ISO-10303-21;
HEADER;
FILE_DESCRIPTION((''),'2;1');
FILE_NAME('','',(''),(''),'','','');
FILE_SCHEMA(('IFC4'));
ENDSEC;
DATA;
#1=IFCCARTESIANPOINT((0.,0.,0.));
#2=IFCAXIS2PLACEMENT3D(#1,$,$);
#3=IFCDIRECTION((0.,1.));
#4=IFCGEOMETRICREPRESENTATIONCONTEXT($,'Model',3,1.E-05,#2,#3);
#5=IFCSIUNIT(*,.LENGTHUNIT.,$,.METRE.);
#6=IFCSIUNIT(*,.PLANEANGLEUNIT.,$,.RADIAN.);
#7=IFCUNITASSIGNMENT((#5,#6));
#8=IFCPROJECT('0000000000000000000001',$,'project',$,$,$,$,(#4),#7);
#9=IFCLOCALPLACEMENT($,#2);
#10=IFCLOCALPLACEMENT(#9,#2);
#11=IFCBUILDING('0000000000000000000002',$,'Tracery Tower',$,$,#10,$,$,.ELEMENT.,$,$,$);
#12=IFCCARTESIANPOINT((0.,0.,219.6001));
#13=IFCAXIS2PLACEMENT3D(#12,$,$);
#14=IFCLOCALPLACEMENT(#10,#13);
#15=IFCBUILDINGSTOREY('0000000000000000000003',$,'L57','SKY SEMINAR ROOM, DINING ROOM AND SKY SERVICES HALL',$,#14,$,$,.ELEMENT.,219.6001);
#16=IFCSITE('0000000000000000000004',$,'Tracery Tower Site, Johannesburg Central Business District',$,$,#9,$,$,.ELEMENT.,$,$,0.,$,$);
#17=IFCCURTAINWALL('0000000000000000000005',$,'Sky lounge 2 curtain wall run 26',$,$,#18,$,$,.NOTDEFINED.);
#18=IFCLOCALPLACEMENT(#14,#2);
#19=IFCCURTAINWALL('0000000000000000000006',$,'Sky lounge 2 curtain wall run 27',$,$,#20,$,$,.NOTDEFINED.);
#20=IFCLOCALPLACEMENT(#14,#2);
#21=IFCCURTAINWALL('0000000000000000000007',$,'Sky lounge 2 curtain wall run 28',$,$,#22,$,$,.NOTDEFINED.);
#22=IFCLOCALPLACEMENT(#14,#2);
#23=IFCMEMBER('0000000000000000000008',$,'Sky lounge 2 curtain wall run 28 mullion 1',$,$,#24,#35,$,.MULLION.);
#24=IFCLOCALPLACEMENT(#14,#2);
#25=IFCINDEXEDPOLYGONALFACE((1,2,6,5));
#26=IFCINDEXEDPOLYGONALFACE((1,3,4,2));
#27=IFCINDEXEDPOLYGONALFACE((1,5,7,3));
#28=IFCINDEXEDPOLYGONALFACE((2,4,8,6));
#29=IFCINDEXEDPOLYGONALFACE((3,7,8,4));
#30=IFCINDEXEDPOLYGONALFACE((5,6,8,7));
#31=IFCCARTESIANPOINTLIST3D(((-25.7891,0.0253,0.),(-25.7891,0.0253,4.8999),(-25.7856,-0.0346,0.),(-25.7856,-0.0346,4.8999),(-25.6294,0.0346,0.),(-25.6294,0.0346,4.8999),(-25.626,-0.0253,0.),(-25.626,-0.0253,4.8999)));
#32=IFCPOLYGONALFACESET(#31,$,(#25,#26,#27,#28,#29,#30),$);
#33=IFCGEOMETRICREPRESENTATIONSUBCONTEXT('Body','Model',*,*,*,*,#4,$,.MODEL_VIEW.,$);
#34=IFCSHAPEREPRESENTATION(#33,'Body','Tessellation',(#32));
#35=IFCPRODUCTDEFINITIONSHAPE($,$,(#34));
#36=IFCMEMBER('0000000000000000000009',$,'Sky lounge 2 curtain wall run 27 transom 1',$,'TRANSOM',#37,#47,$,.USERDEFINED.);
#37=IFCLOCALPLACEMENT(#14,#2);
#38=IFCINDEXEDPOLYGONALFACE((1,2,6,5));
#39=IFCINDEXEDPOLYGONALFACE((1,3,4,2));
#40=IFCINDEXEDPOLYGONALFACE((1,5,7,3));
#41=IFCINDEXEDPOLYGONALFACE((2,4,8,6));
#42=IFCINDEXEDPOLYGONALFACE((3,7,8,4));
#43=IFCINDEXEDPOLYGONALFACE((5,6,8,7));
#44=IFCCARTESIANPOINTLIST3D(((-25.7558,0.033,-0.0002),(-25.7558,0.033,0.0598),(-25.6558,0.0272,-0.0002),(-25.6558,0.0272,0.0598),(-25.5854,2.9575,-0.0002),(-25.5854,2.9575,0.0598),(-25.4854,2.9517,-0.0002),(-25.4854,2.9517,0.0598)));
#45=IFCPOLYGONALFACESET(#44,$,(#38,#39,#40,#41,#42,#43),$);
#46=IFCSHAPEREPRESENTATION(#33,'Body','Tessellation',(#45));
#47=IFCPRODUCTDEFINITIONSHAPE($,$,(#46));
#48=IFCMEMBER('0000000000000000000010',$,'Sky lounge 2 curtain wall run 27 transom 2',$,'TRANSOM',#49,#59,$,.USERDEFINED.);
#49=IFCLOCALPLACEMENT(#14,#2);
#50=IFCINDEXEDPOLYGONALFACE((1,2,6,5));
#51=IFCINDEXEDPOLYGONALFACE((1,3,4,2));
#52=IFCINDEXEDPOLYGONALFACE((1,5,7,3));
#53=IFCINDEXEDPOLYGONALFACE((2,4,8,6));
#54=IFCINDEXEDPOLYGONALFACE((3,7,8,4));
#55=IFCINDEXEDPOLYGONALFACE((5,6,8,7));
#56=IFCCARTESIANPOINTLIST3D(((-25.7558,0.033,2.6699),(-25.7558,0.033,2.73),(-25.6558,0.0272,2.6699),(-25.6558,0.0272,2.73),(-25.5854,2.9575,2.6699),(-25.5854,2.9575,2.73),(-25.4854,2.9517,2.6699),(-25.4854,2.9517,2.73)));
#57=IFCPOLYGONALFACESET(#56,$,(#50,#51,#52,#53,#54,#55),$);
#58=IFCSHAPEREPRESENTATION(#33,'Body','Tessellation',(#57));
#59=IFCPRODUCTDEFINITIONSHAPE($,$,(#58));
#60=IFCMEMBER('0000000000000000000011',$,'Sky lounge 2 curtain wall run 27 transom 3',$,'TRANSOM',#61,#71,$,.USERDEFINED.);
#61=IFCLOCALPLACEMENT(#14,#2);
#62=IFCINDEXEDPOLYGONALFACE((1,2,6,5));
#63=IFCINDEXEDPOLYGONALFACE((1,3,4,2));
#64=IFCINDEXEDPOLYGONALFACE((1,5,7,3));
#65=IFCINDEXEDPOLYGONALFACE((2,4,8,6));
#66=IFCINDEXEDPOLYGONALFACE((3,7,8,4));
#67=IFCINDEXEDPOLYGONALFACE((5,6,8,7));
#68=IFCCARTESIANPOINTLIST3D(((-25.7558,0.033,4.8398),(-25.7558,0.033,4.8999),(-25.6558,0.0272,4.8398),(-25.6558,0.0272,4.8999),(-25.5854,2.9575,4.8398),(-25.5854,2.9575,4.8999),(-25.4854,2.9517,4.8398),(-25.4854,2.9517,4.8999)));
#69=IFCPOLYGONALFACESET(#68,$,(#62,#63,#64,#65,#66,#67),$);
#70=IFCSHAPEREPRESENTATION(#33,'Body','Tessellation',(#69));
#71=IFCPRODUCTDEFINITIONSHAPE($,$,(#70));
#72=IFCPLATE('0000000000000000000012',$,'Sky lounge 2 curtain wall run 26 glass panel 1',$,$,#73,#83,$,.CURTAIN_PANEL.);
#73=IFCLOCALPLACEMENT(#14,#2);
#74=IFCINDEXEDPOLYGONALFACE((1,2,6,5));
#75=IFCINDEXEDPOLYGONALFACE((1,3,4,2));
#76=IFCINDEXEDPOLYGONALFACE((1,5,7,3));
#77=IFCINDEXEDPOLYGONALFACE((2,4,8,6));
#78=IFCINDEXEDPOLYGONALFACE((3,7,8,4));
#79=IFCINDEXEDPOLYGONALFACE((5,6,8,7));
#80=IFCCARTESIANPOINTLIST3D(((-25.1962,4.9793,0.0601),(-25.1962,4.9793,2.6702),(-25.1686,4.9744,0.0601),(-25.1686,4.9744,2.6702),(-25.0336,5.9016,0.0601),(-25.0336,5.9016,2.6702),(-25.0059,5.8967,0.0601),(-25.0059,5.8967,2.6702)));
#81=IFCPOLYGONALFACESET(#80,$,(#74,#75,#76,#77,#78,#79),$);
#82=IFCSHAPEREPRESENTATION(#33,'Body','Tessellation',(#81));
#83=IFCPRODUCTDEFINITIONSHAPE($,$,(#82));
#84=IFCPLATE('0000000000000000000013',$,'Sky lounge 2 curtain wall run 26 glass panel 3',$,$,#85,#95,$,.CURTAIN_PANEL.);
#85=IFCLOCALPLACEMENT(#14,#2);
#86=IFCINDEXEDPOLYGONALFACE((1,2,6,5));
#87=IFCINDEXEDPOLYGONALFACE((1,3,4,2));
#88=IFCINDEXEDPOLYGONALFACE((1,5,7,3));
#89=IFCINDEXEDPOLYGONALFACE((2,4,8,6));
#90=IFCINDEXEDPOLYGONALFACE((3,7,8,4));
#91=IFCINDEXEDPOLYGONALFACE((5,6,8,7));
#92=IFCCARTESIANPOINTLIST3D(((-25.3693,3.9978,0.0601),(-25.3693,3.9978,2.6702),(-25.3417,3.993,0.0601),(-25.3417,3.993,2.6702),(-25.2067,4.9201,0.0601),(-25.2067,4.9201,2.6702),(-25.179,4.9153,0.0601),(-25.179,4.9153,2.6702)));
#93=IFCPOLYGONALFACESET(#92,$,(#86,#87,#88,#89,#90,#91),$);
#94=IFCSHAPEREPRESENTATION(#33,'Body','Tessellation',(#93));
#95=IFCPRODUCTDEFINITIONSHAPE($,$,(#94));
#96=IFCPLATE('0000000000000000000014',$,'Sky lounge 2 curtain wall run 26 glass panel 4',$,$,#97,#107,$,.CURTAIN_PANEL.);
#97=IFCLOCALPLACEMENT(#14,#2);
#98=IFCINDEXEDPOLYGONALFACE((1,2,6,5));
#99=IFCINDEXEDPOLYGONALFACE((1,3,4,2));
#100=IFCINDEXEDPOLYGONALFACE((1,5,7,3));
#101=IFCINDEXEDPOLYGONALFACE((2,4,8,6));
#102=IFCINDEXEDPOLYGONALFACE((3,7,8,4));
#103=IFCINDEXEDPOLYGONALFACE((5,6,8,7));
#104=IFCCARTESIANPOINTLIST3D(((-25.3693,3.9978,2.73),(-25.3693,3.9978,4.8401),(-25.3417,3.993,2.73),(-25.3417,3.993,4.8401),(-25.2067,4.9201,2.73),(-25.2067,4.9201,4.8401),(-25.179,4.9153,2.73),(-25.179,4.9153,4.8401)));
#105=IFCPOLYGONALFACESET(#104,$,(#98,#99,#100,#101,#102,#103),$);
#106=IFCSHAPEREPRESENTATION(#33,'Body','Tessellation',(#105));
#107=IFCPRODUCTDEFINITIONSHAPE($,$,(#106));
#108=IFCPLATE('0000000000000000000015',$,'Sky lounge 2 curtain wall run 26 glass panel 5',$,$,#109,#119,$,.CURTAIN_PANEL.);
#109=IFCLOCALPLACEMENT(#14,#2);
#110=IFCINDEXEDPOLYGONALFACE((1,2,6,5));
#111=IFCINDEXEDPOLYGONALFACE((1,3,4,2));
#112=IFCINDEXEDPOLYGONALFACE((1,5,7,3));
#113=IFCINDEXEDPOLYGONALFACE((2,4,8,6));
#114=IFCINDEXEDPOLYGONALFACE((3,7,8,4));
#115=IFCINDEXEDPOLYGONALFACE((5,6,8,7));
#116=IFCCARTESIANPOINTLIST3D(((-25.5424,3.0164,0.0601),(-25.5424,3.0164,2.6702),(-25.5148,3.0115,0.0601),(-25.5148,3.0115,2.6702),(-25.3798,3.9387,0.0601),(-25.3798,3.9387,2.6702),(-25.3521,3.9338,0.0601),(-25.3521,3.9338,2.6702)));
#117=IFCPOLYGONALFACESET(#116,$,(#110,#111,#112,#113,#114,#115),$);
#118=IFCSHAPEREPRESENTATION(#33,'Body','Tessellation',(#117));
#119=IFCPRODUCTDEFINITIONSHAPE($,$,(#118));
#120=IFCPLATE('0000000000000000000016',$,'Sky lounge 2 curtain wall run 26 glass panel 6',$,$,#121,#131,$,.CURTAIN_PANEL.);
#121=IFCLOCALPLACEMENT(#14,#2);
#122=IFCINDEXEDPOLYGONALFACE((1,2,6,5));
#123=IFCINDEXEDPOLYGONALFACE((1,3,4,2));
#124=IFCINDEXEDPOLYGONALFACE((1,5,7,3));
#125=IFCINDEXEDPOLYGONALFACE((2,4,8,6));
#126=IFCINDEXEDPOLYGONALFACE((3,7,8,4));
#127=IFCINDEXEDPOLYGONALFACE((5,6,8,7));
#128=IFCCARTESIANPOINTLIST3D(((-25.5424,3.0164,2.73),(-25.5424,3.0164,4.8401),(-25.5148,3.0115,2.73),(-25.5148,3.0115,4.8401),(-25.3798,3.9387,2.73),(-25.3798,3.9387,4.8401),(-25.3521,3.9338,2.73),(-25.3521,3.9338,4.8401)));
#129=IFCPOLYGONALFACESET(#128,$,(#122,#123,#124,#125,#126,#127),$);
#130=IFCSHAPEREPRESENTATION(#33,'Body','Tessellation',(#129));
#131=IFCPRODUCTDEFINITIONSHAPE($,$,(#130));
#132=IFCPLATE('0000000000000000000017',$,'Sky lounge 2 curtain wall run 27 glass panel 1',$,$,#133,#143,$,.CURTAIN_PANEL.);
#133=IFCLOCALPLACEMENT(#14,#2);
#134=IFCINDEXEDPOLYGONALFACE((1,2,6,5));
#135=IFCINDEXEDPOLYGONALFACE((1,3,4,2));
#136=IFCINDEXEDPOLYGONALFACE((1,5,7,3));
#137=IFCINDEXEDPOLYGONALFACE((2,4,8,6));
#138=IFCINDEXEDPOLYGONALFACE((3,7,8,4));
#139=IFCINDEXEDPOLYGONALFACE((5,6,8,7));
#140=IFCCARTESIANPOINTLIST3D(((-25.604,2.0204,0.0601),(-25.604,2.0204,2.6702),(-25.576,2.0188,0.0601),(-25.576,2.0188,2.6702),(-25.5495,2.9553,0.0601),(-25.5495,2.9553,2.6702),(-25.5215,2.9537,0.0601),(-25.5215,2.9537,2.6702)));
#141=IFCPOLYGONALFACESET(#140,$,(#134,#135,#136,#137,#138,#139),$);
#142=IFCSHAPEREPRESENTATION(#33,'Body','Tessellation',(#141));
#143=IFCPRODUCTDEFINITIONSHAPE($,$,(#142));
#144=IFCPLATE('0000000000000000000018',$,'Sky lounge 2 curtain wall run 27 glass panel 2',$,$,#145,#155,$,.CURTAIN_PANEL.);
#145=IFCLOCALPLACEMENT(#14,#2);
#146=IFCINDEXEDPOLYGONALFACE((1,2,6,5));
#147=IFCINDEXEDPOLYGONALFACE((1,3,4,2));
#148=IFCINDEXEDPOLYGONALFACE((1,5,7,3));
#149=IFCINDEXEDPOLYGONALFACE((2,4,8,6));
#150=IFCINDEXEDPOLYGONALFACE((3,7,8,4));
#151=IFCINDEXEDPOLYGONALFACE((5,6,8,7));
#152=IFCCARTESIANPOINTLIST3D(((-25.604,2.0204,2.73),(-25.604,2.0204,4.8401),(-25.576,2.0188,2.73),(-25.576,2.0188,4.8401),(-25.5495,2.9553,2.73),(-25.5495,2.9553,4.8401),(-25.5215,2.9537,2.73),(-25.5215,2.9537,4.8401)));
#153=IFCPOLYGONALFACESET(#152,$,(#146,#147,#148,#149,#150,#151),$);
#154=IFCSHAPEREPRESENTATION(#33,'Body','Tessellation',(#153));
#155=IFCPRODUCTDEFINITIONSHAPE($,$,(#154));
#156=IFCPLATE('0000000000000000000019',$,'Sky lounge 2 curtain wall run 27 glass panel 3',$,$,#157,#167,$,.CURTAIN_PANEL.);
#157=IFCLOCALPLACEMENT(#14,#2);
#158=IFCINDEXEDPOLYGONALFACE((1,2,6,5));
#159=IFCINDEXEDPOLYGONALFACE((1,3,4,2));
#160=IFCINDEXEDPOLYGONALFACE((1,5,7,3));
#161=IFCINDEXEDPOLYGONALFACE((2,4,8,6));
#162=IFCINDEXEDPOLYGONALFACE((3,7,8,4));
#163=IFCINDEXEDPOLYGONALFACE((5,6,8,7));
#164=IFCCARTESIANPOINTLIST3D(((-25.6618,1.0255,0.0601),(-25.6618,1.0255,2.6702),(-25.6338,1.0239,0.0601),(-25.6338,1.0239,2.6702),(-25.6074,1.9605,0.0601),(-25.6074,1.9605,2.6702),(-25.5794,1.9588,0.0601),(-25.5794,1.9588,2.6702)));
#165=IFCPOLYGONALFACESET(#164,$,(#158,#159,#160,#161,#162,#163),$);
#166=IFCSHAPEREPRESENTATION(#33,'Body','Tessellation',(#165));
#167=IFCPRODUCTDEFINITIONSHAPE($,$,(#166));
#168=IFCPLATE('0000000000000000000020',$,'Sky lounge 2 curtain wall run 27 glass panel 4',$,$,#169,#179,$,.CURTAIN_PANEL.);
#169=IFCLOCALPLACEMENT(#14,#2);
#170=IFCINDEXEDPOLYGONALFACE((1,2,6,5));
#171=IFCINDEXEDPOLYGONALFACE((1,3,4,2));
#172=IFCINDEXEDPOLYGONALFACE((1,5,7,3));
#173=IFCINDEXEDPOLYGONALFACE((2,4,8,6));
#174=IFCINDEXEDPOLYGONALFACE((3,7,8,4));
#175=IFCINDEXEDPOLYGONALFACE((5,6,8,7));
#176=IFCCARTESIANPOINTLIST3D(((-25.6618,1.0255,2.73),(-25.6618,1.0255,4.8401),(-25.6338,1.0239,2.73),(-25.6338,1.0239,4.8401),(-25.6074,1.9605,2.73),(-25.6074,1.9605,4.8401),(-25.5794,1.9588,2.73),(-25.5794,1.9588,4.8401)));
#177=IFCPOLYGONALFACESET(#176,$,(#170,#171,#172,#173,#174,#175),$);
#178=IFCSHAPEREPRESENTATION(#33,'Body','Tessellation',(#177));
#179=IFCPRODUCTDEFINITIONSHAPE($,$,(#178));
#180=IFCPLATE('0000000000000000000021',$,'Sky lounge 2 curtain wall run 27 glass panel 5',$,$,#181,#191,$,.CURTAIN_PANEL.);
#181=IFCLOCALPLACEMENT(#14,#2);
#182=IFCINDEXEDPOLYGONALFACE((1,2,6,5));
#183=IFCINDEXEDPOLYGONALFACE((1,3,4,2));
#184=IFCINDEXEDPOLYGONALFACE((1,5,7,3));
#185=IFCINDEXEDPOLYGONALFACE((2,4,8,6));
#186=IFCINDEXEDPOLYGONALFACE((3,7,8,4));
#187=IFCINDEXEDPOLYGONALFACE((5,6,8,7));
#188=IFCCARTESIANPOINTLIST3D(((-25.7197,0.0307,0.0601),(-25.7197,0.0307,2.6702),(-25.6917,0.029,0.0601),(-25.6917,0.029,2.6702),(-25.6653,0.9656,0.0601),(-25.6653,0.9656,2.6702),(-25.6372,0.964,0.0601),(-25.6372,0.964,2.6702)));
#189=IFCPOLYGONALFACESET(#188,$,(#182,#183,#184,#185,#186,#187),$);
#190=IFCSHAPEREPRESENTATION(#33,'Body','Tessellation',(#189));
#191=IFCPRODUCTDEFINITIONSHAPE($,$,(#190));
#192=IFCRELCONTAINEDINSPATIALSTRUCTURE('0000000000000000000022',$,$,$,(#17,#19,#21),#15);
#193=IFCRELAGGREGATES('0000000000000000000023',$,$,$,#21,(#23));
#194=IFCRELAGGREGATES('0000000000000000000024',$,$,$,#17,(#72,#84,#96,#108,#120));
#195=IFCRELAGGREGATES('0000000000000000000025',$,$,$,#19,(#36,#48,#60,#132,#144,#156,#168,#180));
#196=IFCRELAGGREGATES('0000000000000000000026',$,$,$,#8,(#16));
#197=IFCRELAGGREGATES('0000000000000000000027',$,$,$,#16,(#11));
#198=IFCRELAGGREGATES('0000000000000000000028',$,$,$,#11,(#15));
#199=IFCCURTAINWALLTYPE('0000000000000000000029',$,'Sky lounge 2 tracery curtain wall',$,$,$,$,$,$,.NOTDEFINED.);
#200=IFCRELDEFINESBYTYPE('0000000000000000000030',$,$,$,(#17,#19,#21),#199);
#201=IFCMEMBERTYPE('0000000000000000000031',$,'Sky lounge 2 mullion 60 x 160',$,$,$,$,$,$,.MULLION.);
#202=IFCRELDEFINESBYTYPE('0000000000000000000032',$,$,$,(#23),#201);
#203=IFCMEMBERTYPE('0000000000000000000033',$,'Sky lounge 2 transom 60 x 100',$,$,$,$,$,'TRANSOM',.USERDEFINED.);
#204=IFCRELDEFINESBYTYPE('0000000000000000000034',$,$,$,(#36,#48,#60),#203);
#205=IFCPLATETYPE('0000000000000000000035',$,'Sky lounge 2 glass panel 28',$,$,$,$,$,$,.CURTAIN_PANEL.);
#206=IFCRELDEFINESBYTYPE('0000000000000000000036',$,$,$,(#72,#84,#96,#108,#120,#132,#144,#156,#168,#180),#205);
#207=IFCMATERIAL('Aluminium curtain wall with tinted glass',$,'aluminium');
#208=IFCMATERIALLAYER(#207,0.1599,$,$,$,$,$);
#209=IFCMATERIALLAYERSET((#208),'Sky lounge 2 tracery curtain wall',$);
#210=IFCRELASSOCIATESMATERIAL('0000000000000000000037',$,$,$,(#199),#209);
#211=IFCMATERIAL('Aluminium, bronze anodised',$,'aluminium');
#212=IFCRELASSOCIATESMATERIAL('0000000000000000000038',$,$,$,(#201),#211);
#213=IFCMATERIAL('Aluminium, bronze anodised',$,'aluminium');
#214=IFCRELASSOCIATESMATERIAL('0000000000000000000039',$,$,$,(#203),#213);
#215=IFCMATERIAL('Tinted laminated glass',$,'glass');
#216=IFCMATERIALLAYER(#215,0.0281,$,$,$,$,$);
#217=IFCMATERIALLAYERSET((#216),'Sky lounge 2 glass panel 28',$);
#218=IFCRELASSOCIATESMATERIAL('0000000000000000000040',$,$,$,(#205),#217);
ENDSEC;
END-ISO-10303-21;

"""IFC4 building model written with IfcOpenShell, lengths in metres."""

from ifc_helpers import new_model, si_unit, direction, frame, origin, origin_2d, place, context, subcontext, project, spatial, rectangle, extrude, material, layer, layer_set, material_profile, profile_set, type_object, element, aggregate, save


model = new_model("IFC4")

# Units and contexts
model_context = context("Model", 3, precision=1e-05, world=origin(), true_north=direction((0.0, 1.0)))
body_context = subcontext(model_context, "Body", "Model", "MODEL_VIEW")
ifc_project = project(units=[si_unit("LENGTHUNIT", "METRE"), si_unit("PLANEANGLEUNIT", "RADIAN")], contexts=[model_context])

# Site, building, storey
site_placement = place(None, origin())
site = spatial("IfcSite", under=ifc_project, at=site_placement, Name="Tracery Tower Site, Johannesburg Central Business District", CompositionType="ELEMENT", RefElevation=0.0)
building_placement = place(site_placement, origin())
building = spatial("IfcBuilding", under=site, at=building_placement, Name="Tracery Tower", CompositionType="ELEMENT")
storey_placement = place(building_placement, frame((0.0, 0.0, 219.6001)))
storey = spatial("IfcBuildingStorey", under=building, at=storey_placement, Name="L57", Description="SKY SEMINAR ROOM, DINING ROOM AND SKY SERVICES HALL", CompositionType="ELEMENT", Elevation=219.6001)

# Curtain walls
ifc_material_1 = material(Name="Aluminium curtain wall with tinted glass", Category="aluminium")
ifc_layer_1 = layer(ifc_material_1, 0.1599)
ifc_layer_set_1 = layer_set([ifc_layer_1], Name="Sky lounge 2 tracery curtain wall")
curtain_wall_type = type_object("IfcCurtainWallType", Name="Sky lounge 2 tracery curtain wall", PredefinedType="NOTDEFINED", material=ifc_layer_set_1)
curtain_wall_1_placement = place(storey_placement, origin())
curtain_wall_1 = element("IfcCurtainWall", 1, at=curtain_wall_1_placement, inside=storey, type_object=curtain_wall_type, Name="Sky lounge 2 curtain wall run 26", PredefinedType="NOTDEFINED")
ifc_material_2 = material(Name="Aluminium, bronze anodised", Category="aluminium")
ifc_material_profile_1 = material_profile(ifc_material_2, rectangle(XDim=0.1599, YDim=0.0601, at=origin_2d()), Name="AL 60x160")
ifc_profile_set_1 = profile_set([ifc_material_profile_1], Name="Aluminium, bronze anodised")
member_type_1 = type_object("IfcMemberType", Name="Sky lounge 2 mullion 60 x 160", PredefinedType="MULLION", material=ifc_profile_set_1)
curtain_wall_2_placement = place(storey_placement, origin())
curtain_wall_2 = element("IfcCurtainWall", 2, at=curtain_wall_2_placement, inside=storey, type_object=curtain_wall_type, Name="Sky lounge 2 curtain wall run 27", PredefinedType="NOTDEFINED")

# Curtain wall, member
curtain_wall_3_placement = place(storey_placement, origin())
curtain_wall_3 = element("IfcCurtainWall", 3, at=curtain_wall_3_placement, inside=storey, type_object=curtain_wall_type, Name="Sky lounge 2 curtain wall run 28", PredefinedType="NOTDEFINED")
member_1_placement = place(storey_placement, frame((-25.7075, 0.0, 0.0), z_axis=(0.0, 0.0, 1.0), x_axis=(0.998308, 0.058145, 0.0)))
member_1 = element("IfcMember", 4, at=member_1_placement, type_object=member_type_1, Name="Sky lounge 2 curtain wall run 28 mullion 1", PredefinedType="MULLION", context=body_context, shape_type="SweptSolid", body=[
    extrude(rectangle(XDim=0.1599, YDim=0.0601, at=origin_2d()), origin(), (0.0, 0.0, 1.0), 4.8999),
])
aggregate(curtain_wall_3, [member_1])

# Members
ifc_material_3 = material(Name="Aluminium, bronze anodised", Category="aluminium")
ifc_material_profile_2 = material_profile(ifc_material_3, rectangle(XDim=0.1001, YDim=0.0601, at=origin_2d()), Name="AL 60x100")
ifc_profile_set_2 = profile_set([ifc_material_profile_2], Name="Aluminium, bronze anodised")
member_type_2 = type_object("IfcMemberType", Name="Sky lounge 2 transom 60 x 100", ElementType="TRANSOM", PredefinedType="USERDEFINED", material=ifc_profile_set_2)
member_2_placement = place(storey_placement, frame((-25.5354, 2.9546, 0.0298), z_axis=(-0.05817, -0.998307, 0.0), x_axis=(0.998307, -0.05817, 0.0)))
member_2 = element("IfcMember", 5, at=member_2_placement, type_object=member_type_2, Name="Sky lounge 2 curtain wall run 27 transom 1", ObjectType="TRANSOM", PredefinedType="USERDEFINED", context=body_context, shape_type="SweptSolid", body=[
    extrude(rectangle(XDim=0.1001, YDim=0.0601, at=origin_2d()), origin(), (0.0, 0.0, 1.0), 2.9294),
])
member_3_placement = place(storey_placement, frame((-25.5354, 2.9546, 2.7), z_axis=(-0.05817, -0.998307, 0.0), x_axis=(0.998307, -0.05817, 0.0)))
member_3 = element("IfcMember", 6, at=member_3_placement, type_object=member_type_2, Name="Sky lounge 2 curtain wall run 27 transom 2", ObjectType="TRANSOM", PredefinedType="USERDEFINED", context=body_context, shape_type="SweptSolid", body=[
    extrude(rectangle(XDim=0.1001, YDim=0.0601, at=origin_2d()), origin(), (0.0, 0.0, 1.0), 2.9294),
])
member_4_placement = place(storey_placement, frame((-25.5354, 2.9546, 4.8699), z_axis=(-0.05817, -0.998307, 0.0), x_axis=(0.998307, -0.05817, 0.0)))
member_4 = element("IfcMember", 7, at=member_4_placement, type_object=member_type_2, Name="Sky lounge 2 curtain wall run 27 transom 3", ObjectType="TRANSOM", PredefinedType="USERDEFINED", context=body_context, shape_type="SweptSolid", body=[
    extrude(rectangle(XDim=0.1001, YDim=0.0601, at=origin_2d()), origin(), (0.0, 0.0, 1.0), 2.9294),
])

# Plates
ifc_material_4 = material(Name="Tinted laminated glass", Category="glass")
ifc_layer_2 = layer(ifc_material_4, 0.0281)
ifc_layer_set_2 = layer_set([ifc_layer_2], Name="Sky lounge 2 glass panel 28")
plate_type = type_object("IfcPlateType", Name="Sky lounge 2 glass panel 28", PredefinedType="CURTAIN_PANEL", material=ifc_layer_set_2)
plate_1_placement = place(storey_placement, frame((-25.1011, 5.438, 0.0601), z_axis=(0.0, 0.0, 1.0), x_axis=(-0.173648, -0.984808, 0.0)))
plate_1 = element("IfcPlate", 8, at=plate_1_placement, type_object=plate_type, Name="Sky lounge 2 curtain wall run 26 glass panel 1", PredefinedType="CURTAIN_PANEL", context=body_context, shape_type="SweptSolid", body=[
    extrude(rectangle(XDim=0.9365, YDim=0.0281, at=origin_2d()), origin(), (0.0, 0.0, 1.0), 2.6101),
])
plate_2_placement = place(storey_placement, frame((-25.2742, 4.4565, 0.0601), z_axis=(0.0, 0.0, 1.0), x_axis=(-0.173648, -0.984808, 0.0)))
plate_2 = element("IfcPlate", 9, at=plate_2_placement, type_object=plate_type, Name="Sky lounge 2 curtain wall run 26 glass panel 3", PredefinedType="CURTAIN_PANEL", context=body_context, shape_type="SweptSolid", body=[
    extrude(rectangle(XDim=0.9365, YDim=0.0281, at=origin_2d()), origin(), (0.0, 0.0, 1.0), 2.6101),
])
plate_3_placement = place(storey_placement, frame((-25.2742, 4.4565, 2.73), z_axis=(0.0, 0.0, 1.0), x_axis=(-0.173648, -0.984808, 0.0)))
plate_3 = element("IfcPlate", 10, at=plate_3_placement, type_object=plate_type, Name="Sky lounge 2 curtain wall run 26 glass panel 4", PredefinedType="CURTAIN_PANEL", context=body_context, shape_type="SweptSolid", body=[
    extrude(rectangle(XDim=0.9365, YDim=0.0281, at=origin_2d()), origin(), (0.0, 0.0, 1.0), 2.1101),
])
plate_4_placement = place(storey_placement, frame((-25.4473, 3.4751, 0.0601), z_axis=(0.0, 0.0, 1.0), x_axis=(-0.173648, -0.984808, 0.0)))
plate_4 = element("IfcPlate", 11, at=plate_4_placement, type_object=plate_type, Name="Sky lounge 2 curtain wall run 26 glass panel 5", PredefinedType="CURTAIN_PANEL", context=body_context, shape_type="SweptSolid", body=[
    extrude(rectangle(XDim=0.9365, YDim=0.0281, at=origin_2d()), origin(), (0.0, 0.0, 1.0), 2.6101),
])
plate_5_placement = place(storey_placement, frame((-25.4473, 3.4751, 2.73), z_axis=(0.0, 0.0, 1.0), x_axis=(-0.173648, -0.984808, 0.0)))
plate_5 = element("IfcPlate", 12, at=plate_5_placement, type_object=plate_type, Name="Sky lounge 2 curtain wall run 26 glass panel 6", PredefinedType="CURTAIN_PANEL", context=body_context, shape_type="SweptSolid", body=[
    extrude(rectangle(XDim=0.9365, YDim=0.0281, at=origin_2d()), origin(), (0.0, 0.0, 1.0), 2.1101),
])
aggregate(curtain_wall_1, [plate_1, plate_2, plate_3, plate_4, plate_5])
plate_6_placement = place(storey_placement, frame((-25.5627, 2.4871, 0.0601), z_axis=(0.0, 0.0, 1.0), x_axis=(-0.058145, -0.998308, 0.0)))
plate_6 = element("IfcPlate", 13, at=plate_6_placement, type_object=plate_type, Name="Sky lounge 2 curtain wall run 27 glass panel 1", PredefinedType="CURTAIN_PANEL", context=body_context, shape_type="SweptSolid", body=[
    extrude(rectangle(XDim=0.9365, YDim=0.0281, at=origin_2d()), origin(), (0.0, 0.0, 1.0), 2.6101),
])
plate_7_placement = place(storey_placement, frame((-25.5627, 2.4871, 2.73), z_axis=(0.0, 0.0, 1.0), x_axis=(-0.058145, -0.998308, 0.0)))
plate_7 = element("IfcPlate", 14, at=plate_7_placement, type_object=plate_type, Name="Sky lounge 2 curtain wall run 27 glass panel 2", PredefinedType="CURTAIN_PANEL", context=body_context, shape_type="SweptSolid", body=[
    extrude(rectangle(XDim=0.9365, YDim=0.0281, at=origin_2d()), origin(), (0.0, 0.0, 1.0), 2.1101),
])
plate_8_placement = place(storey_placement, frame((-25.6206, 1.4922, 0.0601), z_axis=(0.0, 0.0, 1.0), x_axis=(-0.058145, -0.998308, 0.0)))
plate_8 = element("IfcPlate", 15, at=plate_8_placement, type_object=plate_type, Name="Sky lounge 2 curtain wall run 27 glass panel 3", PredefinedType="CURTAIN_PANEL", context=body_context, shape_type="SweptSolid", body=[
    extrude(rectangle(XDim=0.9365, YDim=0.0281, at=origin_2d()), origin(), (0.0, 0.0, 1.0), 2.6101),
])
plate_9_placement = place(storey_placement, frame((-25.6206, 1.4922, 2.73), z_axis=(0.0, 0.0, 1.0), x_axis=(-0.058145, -0.998308, 0.0)))
plate_9 = element("IfcPlate", 16, at=plate_9_placement, type_object=plate_type, Name="Sky lounge 2 curtain wall run 27 glass panel 4", PredefinedType="CURTAIN_PANEL", context=body_context, shape_type="SweptSolid", body=[
    extrude(rectangle(XDim=0.9365, YDim=0.0281, at=origin_2d()), origin(), (0.0, 0.0, 1.0), 2.1101),
])
plate_10_placement = place(storey_placement, frame((-25.6785, 0.4973, 0.0601), z_axis=(0.0, 0.0, 1.0), x_axis=(-0.058145, -0.998308, 0.0)))
plate_10 = element("IfcPlate", 17, at=plate_10_placement, type_object=plate_type, Name="Sky lounge 2 curtain wall run 27 glass panel 5", PredefinedType="CURTAIN_PANEL", context=body_context, shape_type="SweptSolid", body=[
    extrude(rectangle(XDim=0.9365, YDim=0.0281, at=origin_2d()), origin(), (0.0, 0.0, 1.0), 2.6101),
])
aggregate(curtain_wall_2, [member_2, member_3, member_4, plate_6, plate_7, plate_8, plate_9, plate_10])

save(model, "model.ifc")
